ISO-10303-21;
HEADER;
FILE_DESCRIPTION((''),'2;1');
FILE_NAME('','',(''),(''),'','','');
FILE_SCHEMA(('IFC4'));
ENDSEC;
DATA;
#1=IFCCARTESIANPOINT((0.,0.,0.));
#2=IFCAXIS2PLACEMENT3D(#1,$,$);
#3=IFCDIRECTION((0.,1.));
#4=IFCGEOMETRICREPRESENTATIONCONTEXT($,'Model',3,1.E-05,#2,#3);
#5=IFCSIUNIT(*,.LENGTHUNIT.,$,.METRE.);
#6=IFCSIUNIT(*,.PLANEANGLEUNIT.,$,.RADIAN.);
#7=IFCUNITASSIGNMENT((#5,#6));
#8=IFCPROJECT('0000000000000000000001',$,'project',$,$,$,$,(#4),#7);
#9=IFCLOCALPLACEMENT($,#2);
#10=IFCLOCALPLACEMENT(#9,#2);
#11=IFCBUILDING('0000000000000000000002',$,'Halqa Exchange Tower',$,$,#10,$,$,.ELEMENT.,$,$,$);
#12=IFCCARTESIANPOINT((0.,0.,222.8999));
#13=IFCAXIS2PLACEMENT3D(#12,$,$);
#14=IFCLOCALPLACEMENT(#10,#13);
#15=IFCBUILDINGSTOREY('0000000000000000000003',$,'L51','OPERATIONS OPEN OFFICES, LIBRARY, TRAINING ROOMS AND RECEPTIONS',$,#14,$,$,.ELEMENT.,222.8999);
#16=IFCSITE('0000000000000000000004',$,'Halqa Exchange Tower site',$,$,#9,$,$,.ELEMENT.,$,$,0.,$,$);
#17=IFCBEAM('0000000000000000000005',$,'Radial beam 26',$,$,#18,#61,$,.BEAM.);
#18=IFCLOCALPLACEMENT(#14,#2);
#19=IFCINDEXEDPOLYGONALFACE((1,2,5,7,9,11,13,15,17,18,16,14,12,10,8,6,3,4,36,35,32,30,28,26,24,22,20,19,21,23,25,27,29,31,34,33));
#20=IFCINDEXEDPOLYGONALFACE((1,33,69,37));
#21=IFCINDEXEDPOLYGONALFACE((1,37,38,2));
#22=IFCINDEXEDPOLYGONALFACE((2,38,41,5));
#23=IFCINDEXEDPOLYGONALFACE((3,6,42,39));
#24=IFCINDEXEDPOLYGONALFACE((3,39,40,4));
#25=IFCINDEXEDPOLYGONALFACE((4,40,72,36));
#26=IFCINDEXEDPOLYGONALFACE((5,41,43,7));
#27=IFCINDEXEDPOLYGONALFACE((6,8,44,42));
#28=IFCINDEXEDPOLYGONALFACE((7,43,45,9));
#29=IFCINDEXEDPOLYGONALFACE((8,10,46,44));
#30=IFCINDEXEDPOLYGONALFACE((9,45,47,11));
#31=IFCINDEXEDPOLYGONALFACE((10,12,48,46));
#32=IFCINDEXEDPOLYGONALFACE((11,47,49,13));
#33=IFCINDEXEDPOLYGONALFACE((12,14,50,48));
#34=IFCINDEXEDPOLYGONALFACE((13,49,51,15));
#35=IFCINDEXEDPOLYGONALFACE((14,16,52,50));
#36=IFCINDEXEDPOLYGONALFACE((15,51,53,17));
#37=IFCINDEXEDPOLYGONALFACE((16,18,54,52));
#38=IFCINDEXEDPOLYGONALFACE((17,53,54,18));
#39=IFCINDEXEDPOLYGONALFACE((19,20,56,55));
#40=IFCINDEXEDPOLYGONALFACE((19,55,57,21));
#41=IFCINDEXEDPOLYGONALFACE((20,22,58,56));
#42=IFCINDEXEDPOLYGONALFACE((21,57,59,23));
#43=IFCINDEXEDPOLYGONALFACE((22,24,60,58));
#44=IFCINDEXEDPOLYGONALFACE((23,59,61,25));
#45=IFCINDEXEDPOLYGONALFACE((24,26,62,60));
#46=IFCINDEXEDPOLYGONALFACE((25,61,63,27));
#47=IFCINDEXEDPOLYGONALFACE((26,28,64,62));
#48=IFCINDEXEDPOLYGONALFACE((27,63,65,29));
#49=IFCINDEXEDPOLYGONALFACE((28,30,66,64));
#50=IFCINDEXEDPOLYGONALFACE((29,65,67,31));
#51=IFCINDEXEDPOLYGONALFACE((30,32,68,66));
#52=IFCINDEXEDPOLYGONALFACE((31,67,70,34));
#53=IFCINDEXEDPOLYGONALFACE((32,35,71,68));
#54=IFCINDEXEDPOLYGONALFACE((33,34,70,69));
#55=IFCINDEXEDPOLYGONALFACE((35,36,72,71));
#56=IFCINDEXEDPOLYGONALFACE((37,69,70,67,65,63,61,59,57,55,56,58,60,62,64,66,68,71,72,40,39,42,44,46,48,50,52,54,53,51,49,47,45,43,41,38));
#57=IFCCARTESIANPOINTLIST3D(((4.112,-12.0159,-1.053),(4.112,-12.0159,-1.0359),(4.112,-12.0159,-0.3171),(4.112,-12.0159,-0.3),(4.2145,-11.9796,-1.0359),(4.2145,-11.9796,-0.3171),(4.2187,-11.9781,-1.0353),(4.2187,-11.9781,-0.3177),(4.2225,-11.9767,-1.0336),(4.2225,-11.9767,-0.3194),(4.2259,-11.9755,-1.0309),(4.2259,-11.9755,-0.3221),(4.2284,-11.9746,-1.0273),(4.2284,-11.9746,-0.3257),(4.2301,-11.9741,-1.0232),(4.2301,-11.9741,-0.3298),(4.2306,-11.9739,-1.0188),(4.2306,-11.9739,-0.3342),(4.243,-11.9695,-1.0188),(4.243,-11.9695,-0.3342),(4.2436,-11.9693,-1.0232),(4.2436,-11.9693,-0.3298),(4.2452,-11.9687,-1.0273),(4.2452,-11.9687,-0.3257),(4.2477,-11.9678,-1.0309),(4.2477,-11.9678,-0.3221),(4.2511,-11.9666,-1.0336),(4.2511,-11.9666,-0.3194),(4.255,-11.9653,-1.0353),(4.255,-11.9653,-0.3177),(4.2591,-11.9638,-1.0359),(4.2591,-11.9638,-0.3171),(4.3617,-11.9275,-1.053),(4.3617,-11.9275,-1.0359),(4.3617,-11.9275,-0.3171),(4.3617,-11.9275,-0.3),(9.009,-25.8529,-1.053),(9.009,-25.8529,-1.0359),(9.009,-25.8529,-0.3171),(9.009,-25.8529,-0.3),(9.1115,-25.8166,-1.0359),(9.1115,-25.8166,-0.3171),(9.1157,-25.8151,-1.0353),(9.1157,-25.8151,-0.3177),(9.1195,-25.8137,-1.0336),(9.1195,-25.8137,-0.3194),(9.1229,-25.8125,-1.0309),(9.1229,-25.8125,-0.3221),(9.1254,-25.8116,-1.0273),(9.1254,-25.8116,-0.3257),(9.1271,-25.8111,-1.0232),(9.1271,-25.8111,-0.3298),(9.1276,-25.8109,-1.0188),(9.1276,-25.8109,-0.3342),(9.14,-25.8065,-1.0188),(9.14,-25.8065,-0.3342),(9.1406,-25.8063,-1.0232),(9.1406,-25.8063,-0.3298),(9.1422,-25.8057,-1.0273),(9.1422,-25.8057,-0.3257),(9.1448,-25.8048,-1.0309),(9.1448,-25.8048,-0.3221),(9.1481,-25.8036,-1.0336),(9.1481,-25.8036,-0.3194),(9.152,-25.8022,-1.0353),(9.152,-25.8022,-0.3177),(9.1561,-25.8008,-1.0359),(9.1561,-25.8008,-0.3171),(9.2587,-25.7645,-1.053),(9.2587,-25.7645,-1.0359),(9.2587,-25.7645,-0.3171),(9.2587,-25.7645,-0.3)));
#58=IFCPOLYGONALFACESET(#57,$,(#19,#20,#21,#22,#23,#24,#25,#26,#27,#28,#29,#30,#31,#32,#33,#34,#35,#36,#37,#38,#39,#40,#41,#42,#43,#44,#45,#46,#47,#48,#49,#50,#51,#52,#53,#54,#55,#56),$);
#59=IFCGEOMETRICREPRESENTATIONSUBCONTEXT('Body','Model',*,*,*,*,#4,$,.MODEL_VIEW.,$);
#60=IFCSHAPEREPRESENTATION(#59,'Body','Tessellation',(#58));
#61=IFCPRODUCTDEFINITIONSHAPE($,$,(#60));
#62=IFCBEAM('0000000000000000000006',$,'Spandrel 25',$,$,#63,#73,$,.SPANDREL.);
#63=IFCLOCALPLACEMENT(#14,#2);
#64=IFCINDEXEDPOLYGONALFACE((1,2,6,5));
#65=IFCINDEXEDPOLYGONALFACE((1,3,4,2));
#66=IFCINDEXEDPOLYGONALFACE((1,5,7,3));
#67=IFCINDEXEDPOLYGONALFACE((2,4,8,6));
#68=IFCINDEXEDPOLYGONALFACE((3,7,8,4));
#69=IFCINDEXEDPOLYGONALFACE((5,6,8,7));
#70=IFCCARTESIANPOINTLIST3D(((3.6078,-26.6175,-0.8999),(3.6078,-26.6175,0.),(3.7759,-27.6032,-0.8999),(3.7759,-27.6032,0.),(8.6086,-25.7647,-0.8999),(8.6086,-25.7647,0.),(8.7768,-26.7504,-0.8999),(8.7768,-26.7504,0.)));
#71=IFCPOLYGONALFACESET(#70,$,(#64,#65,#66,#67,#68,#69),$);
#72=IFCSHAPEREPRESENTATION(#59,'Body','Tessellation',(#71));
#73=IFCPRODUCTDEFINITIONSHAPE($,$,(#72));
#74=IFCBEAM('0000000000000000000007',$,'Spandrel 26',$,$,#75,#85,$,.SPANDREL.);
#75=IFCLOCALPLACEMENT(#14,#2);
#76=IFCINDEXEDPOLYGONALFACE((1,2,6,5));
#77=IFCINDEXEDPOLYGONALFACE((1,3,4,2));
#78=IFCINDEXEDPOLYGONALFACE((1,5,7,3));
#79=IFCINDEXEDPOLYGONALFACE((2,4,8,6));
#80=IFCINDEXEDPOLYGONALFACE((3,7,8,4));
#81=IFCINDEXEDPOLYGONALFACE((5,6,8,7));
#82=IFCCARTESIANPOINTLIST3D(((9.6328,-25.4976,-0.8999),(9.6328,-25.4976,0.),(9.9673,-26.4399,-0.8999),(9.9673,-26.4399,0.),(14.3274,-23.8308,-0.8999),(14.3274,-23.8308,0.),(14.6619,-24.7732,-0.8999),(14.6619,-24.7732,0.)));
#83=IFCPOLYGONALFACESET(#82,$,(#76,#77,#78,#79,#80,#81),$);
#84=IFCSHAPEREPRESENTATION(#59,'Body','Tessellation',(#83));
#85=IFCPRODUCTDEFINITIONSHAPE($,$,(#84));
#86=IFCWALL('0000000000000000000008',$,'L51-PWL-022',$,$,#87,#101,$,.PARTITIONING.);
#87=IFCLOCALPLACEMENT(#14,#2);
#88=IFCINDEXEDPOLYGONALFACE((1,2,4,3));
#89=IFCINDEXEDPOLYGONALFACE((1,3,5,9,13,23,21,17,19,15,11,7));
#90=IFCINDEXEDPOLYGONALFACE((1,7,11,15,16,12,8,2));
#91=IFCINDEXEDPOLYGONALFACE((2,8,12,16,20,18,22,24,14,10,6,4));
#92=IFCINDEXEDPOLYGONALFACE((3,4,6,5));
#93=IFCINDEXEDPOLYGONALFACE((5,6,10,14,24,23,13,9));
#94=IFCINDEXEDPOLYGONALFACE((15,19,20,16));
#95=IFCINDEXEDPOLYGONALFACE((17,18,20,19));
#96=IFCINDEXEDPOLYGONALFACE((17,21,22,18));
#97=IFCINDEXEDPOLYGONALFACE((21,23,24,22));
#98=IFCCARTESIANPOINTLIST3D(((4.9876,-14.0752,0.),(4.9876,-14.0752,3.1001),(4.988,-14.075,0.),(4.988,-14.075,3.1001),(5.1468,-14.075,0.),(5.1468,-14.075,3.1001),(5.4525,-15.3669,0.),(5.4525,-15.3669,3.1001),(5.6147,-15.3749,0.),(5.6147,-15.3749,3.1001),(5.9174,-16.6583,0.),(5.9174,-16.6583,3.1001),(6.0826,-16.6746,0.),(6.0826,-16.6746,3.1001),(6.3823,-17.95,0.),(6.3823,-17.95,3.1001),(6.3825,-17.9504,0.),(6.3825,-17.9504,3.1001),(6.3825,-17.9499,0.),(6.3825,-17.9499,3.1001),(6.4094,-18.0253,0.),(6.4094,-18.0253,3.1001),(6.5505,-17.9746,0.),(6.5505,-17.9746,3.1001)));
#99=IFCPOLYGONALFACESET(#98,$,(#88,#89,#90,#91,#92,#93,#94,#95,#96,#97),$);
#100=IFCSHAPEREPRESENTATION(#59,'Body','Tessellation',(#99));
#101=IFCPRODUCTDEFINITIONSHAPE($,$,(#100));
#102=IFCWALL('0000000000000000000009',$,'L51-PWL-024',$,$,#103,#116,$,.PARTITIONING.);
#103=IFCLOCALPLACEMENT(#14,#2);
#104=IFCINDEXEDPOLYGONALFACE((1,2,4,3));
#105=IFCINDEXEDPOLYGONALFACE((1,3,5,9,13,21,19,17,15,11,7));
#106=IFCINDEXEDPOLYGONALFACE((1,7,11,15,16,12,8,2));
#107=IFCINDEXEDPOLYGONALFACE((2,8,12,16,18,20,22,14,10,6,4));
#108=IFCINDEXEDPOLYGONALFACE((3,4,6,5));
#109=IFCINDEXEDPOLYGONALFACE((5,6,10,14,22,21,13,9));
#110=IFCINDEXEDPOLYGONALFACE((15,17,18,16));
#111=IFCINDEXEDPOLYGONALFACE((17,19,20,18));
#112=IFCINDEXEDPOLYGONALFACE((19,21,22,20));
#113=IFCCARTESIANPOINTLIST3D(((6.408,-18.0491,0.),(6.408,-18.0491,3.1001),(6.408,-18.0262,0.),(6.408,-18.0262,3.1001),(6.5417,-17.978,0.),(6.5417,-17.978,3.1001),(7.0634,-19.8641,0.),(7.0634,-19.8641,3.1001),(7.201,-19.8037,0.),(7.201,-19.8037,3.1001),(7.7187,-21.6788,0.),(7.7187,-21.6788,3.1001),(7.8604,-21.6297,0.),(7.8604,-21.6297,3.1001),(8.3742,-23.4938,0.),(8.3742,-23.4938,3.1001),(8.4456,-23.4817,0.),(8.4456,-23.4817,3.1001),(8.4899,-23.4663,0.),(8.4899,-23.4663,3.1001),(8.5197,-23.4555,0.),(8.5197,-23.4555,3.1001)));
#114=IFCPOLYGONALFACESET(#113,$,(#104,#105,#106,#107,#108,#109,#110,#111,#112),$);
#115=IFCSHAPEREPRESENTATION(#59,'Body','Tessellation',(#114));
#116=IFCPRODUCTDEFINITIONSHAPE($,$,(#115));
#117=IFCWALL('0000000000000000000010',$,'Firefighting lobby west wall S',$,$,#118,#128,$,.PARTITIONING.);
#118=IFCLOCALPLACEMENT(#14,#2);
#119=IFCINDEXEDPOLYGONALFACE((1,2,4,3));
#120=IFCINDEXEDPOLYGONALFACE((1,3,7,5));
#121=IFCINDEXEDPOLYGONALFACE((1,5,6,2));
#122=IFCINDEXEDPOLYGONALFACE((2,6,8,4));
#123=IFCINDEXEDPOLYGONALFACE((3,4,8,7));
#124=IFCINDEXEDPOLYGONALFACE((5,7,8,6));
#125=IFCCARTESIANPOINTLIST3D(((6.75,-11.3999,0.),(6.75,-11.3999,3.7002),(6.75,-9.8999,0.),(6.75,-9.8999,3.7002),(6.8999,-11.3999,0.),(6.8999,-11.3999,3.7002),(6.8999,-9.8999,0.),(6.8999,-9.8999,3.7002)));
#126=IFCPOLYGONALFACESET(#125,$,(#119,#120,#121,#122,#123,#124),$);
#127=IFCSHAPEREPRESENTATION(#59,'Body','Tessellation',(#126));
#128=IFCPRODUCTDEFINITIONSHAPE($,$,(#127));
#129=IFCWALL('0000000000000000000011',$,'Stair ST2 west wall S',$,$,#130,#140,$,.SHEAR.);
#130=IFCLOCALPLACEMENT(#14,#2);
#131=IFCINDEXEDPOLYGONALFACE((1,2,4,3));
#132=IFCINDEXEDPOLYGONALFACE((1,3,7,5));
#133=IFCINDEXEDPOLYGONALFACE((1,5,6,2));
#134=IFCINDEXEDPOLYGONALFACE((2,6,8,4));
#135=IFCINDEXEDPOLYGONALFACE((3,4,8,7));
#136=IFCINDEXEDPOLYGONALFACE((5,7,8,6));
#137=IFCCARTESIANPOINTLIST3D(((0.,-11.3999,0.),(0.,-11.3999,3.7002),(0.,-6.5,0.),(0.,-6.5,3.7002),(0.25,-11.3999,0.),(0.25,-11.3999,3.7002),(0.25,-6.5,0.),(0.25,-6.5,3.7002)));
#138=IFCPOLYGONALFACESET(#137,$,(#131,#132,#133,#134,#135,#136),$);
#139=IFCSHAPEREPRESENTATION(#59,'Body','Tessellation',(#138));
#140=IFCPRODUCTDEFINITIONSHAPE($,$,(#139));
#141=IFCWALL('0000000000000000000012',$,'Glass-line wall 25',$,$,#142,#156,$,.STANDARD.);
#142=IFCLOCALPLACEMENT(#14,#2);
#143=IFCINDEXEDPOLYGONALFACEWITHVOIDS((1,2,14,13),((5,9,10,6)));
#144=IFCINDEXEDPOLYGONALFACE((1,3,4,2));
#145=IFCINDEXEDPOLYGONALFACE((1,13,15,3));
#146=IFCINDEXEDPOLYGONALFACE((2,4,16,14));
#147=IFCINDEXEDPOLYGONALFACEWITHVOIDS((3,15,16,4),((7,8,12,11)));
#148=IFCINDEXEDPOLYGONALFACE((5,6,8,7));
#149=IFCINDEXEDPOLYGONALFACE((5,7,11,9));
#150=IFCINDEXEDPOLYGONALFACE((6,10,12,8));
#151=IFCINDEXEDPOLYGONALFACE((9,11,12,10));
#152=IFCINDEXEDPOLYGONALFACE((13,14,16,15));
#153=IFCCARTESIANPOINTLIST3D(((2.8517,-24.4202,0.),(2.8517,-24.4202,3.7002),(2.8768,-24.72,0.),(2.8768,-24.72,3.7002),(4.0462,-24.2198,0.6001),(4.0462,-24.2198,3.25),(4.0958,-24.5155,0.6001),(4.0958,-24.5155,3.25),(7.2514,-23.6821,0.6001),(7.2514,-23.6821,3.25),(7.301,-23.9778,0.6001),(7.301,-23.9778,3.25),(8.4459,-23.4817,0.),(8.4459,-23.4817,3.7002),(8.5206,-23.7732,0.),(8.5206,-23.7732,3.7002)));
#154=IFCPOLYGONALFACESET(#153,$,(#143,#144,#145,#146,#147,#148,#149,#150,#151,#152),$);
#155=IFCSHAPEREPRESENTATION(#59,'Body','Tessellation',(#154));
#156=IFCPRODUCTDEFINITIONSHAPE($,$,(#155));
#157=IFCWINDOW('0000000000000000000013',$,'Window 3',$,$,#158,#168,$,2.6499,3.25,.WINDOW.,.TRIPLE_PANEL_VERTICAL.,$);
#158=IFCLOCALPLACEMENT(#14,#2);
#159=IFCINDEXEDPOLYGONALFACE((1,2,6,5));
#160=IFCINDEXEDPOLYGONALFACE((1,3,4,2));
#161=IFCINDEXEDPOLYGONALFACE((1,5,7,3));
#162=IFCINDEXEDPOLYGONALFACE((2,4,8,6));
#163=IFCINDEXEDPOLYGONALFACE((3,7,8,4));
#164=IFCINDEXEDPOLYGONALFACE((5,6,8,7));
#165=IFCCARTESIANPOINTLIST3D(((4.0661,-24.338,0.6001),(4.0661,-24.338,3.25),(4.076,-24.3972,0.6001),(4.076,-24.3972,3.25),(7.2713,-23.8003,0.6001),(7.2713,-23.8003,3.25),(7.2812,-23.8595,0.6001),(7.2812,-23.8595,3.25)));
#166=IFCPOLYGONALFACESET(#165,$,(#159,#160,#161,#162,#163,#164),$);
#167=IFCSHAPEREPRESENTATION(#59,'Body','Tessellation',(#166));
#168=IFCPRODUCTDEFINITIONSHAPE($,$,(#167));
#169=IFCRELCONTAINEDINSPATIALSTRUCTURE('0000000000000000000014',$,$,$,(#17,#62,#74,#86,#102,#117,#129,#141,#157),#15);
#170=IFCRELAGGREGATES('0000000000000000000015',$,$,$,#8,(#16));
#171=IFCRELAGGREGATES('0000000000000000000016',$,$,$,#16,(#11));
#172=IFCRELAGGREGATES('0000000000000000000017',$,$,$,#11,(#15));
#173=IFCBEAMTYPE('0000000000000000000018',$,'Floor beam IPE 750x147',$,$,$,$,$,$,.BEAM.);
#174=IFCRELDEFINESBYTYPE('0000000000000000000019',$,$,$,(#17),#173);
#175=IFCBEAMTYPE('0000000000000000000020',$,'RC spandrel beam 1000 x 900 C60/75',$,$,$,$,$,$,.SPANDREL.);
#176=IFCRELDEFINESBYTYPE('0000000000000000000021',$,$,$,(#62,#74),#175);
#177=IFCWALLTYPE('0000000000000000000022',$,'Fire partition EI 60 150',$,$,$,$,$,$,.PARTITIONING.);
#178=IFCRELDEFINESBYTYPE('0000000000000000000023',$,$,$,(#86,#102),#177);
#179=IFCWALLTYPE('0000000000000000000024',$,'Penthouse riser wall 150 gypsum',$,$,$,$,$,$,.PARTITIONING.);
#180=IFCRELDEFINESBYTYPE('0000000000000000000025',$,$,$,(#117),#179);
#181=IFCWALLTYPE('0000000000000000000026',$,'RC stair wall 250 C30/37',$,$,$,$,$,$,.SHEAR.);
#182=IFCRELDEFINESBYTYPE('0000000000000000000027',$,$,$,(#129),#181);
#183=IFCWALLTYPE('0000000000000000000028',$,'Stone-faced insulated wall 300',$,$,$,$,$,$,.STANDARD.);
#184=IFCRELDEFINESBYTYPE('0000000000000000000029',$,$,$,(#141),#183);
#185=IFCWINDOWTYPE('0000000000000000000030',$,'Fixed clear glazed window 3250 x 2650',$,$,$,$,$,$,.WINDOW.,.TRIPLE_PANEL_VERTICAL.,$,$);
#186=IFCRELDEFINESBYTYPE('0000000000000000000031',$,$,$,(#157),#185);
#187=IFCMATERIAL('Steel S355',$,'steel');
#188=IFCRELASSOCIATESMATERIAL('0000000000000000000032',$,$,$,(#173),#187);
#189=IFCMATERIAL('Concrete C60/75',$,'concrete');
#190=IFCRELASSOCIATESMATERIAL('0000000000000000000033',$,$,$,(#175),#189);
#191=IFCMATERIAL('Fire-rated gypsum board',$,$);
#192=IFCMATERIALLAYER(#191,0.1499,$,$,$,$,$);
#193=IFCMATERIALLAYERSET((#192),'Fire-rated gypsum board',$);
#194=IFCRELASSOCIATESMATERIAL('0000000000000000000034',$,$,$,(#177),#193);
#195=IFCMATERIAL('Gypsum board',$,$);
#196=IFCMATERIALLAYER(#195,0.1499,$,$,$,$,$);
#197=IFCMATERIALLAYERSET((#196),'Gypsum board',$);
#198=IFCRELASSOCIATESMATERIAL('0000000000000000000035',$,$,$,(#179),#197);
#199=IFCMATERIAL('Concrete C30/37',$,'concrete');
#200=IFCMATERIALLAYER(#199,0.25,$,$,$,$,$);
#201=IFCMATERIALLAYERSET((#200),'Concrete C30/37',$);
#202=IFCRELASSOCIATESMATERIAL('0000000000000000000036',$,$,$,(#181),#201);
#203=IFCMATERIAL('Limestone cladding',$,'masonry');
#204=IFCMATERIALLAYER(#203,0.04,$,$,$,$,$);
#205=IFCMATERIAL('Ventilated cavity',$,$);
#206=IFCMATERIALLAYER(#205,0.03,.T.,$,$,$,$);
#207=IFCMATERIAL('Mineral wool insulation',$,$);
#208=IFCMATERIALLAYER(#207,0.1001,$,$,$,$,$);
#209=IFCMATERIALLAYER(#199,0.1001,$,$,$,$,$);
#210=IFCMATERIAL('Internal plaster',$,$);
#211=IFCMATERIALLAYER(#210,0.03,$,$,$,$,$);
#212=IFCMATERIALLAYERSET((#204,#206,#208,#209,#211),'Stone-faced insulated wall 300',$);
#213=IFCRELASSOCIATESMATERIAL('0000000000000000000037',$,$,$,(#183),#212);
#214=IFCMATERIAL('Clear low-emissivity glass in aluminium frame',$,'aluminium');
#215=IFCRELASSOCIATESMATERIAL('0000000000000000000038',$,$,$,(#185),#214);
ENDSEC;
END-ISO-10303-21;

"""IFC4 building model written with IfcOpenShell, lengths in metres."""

from ifc_helpers import new_model, si_unit, direction, frame, frame_2d, origin, origin_2d, place, context, subcontext, project, spatial, polyline, rectangle, i_section, outline, extrude, material, layer, layer_set, material_profile, profile_set, type_object, element, fill, save


model = new_model("IFC4")

# Units and contexts
model_context = context("Model", 3, precision=1e-05, world=origin(), true_north=direction((0.0, 1.0)))
body_context = subcontext(model_context, "Body", "Model", "MODEL_VIEW")
ifc_project = project(units=[si_unit("LENGTHUNIT", "METRE"), si_unit("PLANEANGLEUNIT", "RADIAN")], contexts=[model_context])

# Site, building, storey
site_placement = place(None, origin())
site = spatial("IfcSite", under=ifc_project, at=site_placement, Name="Halqa Exchange Tower site", CompositionType="ELEMENT", RefElevation=0.0)
building_placement = place(site_placement, origin())
building = spatial("IfcBuilding", under=site, at=building_placement, Name="Halqa Exchange Tower", CompositionType="ELEMENT")
storey_placement = place(building_placement, frame((0.0, 0.0, 222.8999)))
storey = spatial("IfcBuildingStorey", under=building, at=storey_placement, Name="L51", Description="OPERATIONS OPEN OFFICES, LIBRARY, TRAINING ROOMS AND RECEPTIONS", CompositionType="ELEMENT", Elevation=222.8999)

# Shared definitions
ifc_material_1 = material(Name="Concrete C60/75", Category="concrete")

# Beams
ifc_material_2 = material(Name="Steel S355", Category="steel")
ifc_material_profile_1 = material_profile(ifc_material_2, i_section(OverallWidth=0.2649, OverallDepth=0.7529, WebThickness=0.0132, FlangeThickness=0.0171, FilletRadius=0.0171, at=origin_2d()), Name="IPE 750x147")
ifc_profile_set_1 = profile_set([ifc_material_profile_1], Name="Steel S355")
beam_type_1 = type_object("IfcBeamType", Name="Floor beam IPE 750x147", PredefinedType="BEAM", material=ifc_profile_set_1)
beam_1_placement = place(storey_placement, frame((4.2368, -11.9717, -0.6765), z_axis=(0.333629, -0.942704, 0.0), x_axis=(0.942704, 0.333629, 0.0)))
element("IfcBeam", 1, at=beam_1_placement, inside=storey, type_object=beam_type_1, Name="Radial beam 26", PredefinedType="BEAM", context=body_context, shape_type="SweptSolid", body=[
    extrude(i_section(OverallWidth=0.2649, OverallDepth=0.7529, WebThickness=0.0132, FlangeThickness=0.0171, FilletRadius=0.0171, at=origin_2d()), origin(), (0.0, 0.0, 1.0), 14.678),
])
ifc_material_profile_2 = material_profile(ifc_material_1, rectangle(XDim=1.0, YDim=0.8999, at=origin_2d()), Name="1000 x 900")
ifc_profile_set_2 = profile_set([ifc_material_profile_2], Name="Concrete C60/75")
beam_type_2 = type_object("IfcBeamType", Name="RC spandrel beam 1000 x 900 C60/75", PredefinedType="SPANDREL", material=ifc_profile_set_2)
beam_2_placement = place(storey_placement, frame((3.6919, -27.1104, -0.45), z_axis=(0.985769, 0.168105, 0.0), x_axis=(-0.168105, 0.985769, 0.0)))
element("IfcBeam", 2, at=beam_2_placement, inside=storey, type_object=beam_type_2, Name="Spandrel 25", PredefinedType="SPANDREL", context=body_context, shape_type="SweptSolid", body=[
    extrude(rectangle(XDim=1.0, YDim=0.8999, at=origin_2d()), origin(), (0.0, 0.0, 1.0), 5.073),
])
beam_3_placement = place(storey_placement, frame((9.8, -25.9688, -0.45), z_axis=(0.942369, 0.334576, 0.0), x_axis=(-0.334576, 0.942369, 0.0)))
element("IfcBeam", 3, at=beam_3_placement, inside=storey, type_object=beam_type_2, Name="Spandrel 26", PredefinedType="SPANDREL", context=body_context, shape_type="SweptSolid", body=[
    extrude(rectangle(XDim=1.0, YDim=0.8999, at=origin_2d()), origin(), (0.0, 0.0, 1.0), 4.9817),
])

# Walls
ifc_material_3 = material(Name="Fire-rated gypsum board")
ifc_layer_1 = layer(ifc_material_3, 0.1499)
ifc_layer_set_1 = layer_set([ifc_layer_1], Name="Fire-rated gypsum board")
wall_type_1 = type_object("IfcWallType", Name="Fire partition EI 60 150", PredefinedType="PARTITIONING", material=ifc_layer_set_1)
wall_1_placement = place(storey_placement, frame((5.0581, -14.0498, 0.0), z_axis=(0.0, 0.0, 1.0), x_axis=(0.338678, -0.940902, 0.0)))
element("IfcWall", 4, at=wall_1_placement, inside=storey, type_object=wall_type_1, Name="L51-PWL-022", PredefinedType="PARTITIONING", context=body_context, shape_type="SweptSolid", body=[
    extrude(outline(polyline([(0.0, -0.075), (1.3728, -0.075), (2.7454, -0.075), (4.1182, -0.075), (4.1182, -0.0747), (4.1187, -0.075), (4.1982, -0.075), (4.1982, 0.075), (2.8167, 0.075), (1.4353, 0.075), (0.0537, 0.075), (0.0, -0.0745), (0.0, -0.075)])), origin(), (0.0, 0.0, 1.0), 3.1001),
])
wall_2_placement = place(storey_placement, frame((6.4712, -18.0034, 0.0), z_axis=(0.0, 0.0, 1.0), x_axis=(0.339649, -0.940552, 0.0)))
element("IfcWall", 5, at=wall_2_placement, inside=storey, type_object=wall_type_1, Name="L51-PWL-024", PredefinedType="PARTITIONING", context=body_context, shape_type="SweptSolid", body=[
    extrude(outline(polyline([(0.0215, -0.075), (1.9512, -0.075), (3.8806, -0.075), (5.8103, -0.075), (5.8232, -0.0037), (5.8237, 0.0432), (5.8237, 0.075), (3.8826, 0.075), (1.9412, 0.075), (0.0, 0.075), (0.0, -0.0671), (0.0215, -0.075)])), origin(), (0.0, 0.0, 1.0), 3.1001),
])

# Shared definitions
ifc_material_4 = material(Name="Gypsum board")

# Walls
ifc_layer_2 = layer(ifc_material_4, 0.1499)
ifc_layer_set_2 = layer_set([ifc_layer_2], Name="Gypsum board")
wall_type_2 = type_object("IfcWallType", Name="Penthouse riser wall 150 gypsum", PredefinedType="PARTITIONING", material=ifc_layer_set_2)
wall_3_placement = place(storey_placement, frame((6.825, -11.3999, 0.0), z_axis=(0.0, 0.0, 1.0), x_axis=(0.0, 1.0, 0.0)))
element("IfcWall", 6, at=wall_3_placement, inside=storey, type_object=wall_type_2, Name="Firefighting lobby west wall S", PredefinedType="PARTITIONING", context=body_context, shape_type="SweptSolid", body=[
    extrude(rectangle(XDim=1.5, YDim=0.1499, at=frame_2d((0.75, 0.0))), origin(), (0.0, 0.0, 1.0), 3.7002),
])
ifc_material_5 = material(Name="Concrete C30/37", Category="concrete")
ifc_layer_3 = layer(ifc_material_5, 0.25)
ifc_layer_set_3 = layer_set([ifc_layer_3], Name="Concrete C30/37")
wall_type_3 = type_object("IfcWallType", Name="RC stair wall 250 C30/37", PredefinedType="SHEAR", material=ifc_layer_set_3)
wall_4_placement = place(storey_placement, frame((0.125, -11.3999, 0.0), z_axis=(0.0, 0.0, 1.0), x_axis=(0.0, 1.0, 0.0)))
element("IfcWall", 7, at=wall_4_placement, inside=storey, type_object=wall_type_3, Name="Stair ST2 west wall S", PredefinedType="SHEAR", context=body_context, shape_type="SweptSolid", body=[
    extrude(rectangle(XDim=4.8999, YDim=0.25, at=frame_2d((2.45, 0.0))), origin(), (0.0, 0.0, 1.0), 3.7002),
])

# Wall, opening, window
ifc_material_6 = material(Name="Limestone cladding", Category="masonry")
ifc_layer_4 = layer(ifc_material_6, 0.04)
ifc_material_7 = material(Name="Ventilated cavity")
ifc_layer_5 = layer(ifc_material_7, 0.03, ventilated=True)
ifc_material_8 = material(Name="Mineral wool insulation")
ifc_layer_6 = layer(ifc_material_8, 0.1001)
ifc_layer_7 = layer(ifc_material_5, 0.1001)
ifc_material_9 = material(Name="Internal plaster")
ifc_layer_8 = layer(ifc_material_9, 0.03)
ifc_layer_set_4 = layer_set([ifc_layer_4, ifc_layer_5, ifc_layer_6, ifc_layer_7, ifc_layer_8], Name="Stone-faced insulated wall 300")
wall_type_4 = type_object("IfcWallType", Name="Stone-faced insulated wall 300", PredefinedType="STANDARD", material=ifc_layer_set_4)
wall_5_placement = place(storey_placement, frame((2.8643, -24.5701, 0.0), z_axis=(0.0, 0.0, 1.0), x_axis=(0.986218, 0.165448, 0.0)))
wall_5 = element("IfcWall", 8, at=wall_5_placement, inside=storey, type_object=wall_type_4, Name="Glass-line wall 25", PredefinedType="STANDARD", context=body_context, shape_type="SweptSolid", body=[
    extrude(outline(polyline([(-0.0125, -0.1499), (5.7102, -0.1499), (5.6848, 0.1499), (0.0125, 0.1499), (-0.0125, -0.1499)])), origin(), (0.0, 0.0, 1.0), 3.7002),
])
opening_1_placement = place(wall_5_placement, frame((1.2236, 0.0, 0.6001)))
opening_1 = element("IfcOpeningElement", 9, at=opening_1_placement, cuts=wall_5, PredefinedType="OPENING", context=body_context, shape_type="SweptSolid", body=[
    extrude(rectangle(XDim=3.25, YDim=2.6499, at=frame_2d((1.625, 1.325))), frame((0.0, 0.1621, 0.0), z_axis=(0.0, -1.0, 0.0), x_axis=(1.0, 0.0, 0.0)), (0.0, 0.0, 1.0), 0.324),
])
ifc_material_10 = material(Name="Clear low-emissivity glass in aluminium frame", Category="aluminium")
window_type = type_object("IfcWindowType", Name="Fixed clear glazed window 3250 x 2650", PartitioningType="TRIPLE_PANEL_VERTICAL", PredefinedType="WINDOW", material=ifc_material_10)
window_1_placement = place(opening_1_placement, origin())
window_1 = element("IfcWindow", 10, at=window_1_placement, inside=storey, type_object=window_type, Name="Window 3", OverallHeight=2.6499, OverallWidth=3.25, PartitioningType="TRIPLE_PANEL_VERTICAL", PredefinedType="WINDOW", context=body_context, shape_type="SweptSolid", body=[
    extrude(rectangle(XDim=3.25, YDim=2.6499, at=frame_2d((1.625, 1.325))), frame((0.0, 0.03, 0.0), z_axis=(0.0, -1.0, 0.0), x_axis=(1.0, 0.0, 0.0)), (0.0, 0.0, 1.0), 0.0601),
])
fill(opening_1, window_1)

save(model, "model.ifc")
